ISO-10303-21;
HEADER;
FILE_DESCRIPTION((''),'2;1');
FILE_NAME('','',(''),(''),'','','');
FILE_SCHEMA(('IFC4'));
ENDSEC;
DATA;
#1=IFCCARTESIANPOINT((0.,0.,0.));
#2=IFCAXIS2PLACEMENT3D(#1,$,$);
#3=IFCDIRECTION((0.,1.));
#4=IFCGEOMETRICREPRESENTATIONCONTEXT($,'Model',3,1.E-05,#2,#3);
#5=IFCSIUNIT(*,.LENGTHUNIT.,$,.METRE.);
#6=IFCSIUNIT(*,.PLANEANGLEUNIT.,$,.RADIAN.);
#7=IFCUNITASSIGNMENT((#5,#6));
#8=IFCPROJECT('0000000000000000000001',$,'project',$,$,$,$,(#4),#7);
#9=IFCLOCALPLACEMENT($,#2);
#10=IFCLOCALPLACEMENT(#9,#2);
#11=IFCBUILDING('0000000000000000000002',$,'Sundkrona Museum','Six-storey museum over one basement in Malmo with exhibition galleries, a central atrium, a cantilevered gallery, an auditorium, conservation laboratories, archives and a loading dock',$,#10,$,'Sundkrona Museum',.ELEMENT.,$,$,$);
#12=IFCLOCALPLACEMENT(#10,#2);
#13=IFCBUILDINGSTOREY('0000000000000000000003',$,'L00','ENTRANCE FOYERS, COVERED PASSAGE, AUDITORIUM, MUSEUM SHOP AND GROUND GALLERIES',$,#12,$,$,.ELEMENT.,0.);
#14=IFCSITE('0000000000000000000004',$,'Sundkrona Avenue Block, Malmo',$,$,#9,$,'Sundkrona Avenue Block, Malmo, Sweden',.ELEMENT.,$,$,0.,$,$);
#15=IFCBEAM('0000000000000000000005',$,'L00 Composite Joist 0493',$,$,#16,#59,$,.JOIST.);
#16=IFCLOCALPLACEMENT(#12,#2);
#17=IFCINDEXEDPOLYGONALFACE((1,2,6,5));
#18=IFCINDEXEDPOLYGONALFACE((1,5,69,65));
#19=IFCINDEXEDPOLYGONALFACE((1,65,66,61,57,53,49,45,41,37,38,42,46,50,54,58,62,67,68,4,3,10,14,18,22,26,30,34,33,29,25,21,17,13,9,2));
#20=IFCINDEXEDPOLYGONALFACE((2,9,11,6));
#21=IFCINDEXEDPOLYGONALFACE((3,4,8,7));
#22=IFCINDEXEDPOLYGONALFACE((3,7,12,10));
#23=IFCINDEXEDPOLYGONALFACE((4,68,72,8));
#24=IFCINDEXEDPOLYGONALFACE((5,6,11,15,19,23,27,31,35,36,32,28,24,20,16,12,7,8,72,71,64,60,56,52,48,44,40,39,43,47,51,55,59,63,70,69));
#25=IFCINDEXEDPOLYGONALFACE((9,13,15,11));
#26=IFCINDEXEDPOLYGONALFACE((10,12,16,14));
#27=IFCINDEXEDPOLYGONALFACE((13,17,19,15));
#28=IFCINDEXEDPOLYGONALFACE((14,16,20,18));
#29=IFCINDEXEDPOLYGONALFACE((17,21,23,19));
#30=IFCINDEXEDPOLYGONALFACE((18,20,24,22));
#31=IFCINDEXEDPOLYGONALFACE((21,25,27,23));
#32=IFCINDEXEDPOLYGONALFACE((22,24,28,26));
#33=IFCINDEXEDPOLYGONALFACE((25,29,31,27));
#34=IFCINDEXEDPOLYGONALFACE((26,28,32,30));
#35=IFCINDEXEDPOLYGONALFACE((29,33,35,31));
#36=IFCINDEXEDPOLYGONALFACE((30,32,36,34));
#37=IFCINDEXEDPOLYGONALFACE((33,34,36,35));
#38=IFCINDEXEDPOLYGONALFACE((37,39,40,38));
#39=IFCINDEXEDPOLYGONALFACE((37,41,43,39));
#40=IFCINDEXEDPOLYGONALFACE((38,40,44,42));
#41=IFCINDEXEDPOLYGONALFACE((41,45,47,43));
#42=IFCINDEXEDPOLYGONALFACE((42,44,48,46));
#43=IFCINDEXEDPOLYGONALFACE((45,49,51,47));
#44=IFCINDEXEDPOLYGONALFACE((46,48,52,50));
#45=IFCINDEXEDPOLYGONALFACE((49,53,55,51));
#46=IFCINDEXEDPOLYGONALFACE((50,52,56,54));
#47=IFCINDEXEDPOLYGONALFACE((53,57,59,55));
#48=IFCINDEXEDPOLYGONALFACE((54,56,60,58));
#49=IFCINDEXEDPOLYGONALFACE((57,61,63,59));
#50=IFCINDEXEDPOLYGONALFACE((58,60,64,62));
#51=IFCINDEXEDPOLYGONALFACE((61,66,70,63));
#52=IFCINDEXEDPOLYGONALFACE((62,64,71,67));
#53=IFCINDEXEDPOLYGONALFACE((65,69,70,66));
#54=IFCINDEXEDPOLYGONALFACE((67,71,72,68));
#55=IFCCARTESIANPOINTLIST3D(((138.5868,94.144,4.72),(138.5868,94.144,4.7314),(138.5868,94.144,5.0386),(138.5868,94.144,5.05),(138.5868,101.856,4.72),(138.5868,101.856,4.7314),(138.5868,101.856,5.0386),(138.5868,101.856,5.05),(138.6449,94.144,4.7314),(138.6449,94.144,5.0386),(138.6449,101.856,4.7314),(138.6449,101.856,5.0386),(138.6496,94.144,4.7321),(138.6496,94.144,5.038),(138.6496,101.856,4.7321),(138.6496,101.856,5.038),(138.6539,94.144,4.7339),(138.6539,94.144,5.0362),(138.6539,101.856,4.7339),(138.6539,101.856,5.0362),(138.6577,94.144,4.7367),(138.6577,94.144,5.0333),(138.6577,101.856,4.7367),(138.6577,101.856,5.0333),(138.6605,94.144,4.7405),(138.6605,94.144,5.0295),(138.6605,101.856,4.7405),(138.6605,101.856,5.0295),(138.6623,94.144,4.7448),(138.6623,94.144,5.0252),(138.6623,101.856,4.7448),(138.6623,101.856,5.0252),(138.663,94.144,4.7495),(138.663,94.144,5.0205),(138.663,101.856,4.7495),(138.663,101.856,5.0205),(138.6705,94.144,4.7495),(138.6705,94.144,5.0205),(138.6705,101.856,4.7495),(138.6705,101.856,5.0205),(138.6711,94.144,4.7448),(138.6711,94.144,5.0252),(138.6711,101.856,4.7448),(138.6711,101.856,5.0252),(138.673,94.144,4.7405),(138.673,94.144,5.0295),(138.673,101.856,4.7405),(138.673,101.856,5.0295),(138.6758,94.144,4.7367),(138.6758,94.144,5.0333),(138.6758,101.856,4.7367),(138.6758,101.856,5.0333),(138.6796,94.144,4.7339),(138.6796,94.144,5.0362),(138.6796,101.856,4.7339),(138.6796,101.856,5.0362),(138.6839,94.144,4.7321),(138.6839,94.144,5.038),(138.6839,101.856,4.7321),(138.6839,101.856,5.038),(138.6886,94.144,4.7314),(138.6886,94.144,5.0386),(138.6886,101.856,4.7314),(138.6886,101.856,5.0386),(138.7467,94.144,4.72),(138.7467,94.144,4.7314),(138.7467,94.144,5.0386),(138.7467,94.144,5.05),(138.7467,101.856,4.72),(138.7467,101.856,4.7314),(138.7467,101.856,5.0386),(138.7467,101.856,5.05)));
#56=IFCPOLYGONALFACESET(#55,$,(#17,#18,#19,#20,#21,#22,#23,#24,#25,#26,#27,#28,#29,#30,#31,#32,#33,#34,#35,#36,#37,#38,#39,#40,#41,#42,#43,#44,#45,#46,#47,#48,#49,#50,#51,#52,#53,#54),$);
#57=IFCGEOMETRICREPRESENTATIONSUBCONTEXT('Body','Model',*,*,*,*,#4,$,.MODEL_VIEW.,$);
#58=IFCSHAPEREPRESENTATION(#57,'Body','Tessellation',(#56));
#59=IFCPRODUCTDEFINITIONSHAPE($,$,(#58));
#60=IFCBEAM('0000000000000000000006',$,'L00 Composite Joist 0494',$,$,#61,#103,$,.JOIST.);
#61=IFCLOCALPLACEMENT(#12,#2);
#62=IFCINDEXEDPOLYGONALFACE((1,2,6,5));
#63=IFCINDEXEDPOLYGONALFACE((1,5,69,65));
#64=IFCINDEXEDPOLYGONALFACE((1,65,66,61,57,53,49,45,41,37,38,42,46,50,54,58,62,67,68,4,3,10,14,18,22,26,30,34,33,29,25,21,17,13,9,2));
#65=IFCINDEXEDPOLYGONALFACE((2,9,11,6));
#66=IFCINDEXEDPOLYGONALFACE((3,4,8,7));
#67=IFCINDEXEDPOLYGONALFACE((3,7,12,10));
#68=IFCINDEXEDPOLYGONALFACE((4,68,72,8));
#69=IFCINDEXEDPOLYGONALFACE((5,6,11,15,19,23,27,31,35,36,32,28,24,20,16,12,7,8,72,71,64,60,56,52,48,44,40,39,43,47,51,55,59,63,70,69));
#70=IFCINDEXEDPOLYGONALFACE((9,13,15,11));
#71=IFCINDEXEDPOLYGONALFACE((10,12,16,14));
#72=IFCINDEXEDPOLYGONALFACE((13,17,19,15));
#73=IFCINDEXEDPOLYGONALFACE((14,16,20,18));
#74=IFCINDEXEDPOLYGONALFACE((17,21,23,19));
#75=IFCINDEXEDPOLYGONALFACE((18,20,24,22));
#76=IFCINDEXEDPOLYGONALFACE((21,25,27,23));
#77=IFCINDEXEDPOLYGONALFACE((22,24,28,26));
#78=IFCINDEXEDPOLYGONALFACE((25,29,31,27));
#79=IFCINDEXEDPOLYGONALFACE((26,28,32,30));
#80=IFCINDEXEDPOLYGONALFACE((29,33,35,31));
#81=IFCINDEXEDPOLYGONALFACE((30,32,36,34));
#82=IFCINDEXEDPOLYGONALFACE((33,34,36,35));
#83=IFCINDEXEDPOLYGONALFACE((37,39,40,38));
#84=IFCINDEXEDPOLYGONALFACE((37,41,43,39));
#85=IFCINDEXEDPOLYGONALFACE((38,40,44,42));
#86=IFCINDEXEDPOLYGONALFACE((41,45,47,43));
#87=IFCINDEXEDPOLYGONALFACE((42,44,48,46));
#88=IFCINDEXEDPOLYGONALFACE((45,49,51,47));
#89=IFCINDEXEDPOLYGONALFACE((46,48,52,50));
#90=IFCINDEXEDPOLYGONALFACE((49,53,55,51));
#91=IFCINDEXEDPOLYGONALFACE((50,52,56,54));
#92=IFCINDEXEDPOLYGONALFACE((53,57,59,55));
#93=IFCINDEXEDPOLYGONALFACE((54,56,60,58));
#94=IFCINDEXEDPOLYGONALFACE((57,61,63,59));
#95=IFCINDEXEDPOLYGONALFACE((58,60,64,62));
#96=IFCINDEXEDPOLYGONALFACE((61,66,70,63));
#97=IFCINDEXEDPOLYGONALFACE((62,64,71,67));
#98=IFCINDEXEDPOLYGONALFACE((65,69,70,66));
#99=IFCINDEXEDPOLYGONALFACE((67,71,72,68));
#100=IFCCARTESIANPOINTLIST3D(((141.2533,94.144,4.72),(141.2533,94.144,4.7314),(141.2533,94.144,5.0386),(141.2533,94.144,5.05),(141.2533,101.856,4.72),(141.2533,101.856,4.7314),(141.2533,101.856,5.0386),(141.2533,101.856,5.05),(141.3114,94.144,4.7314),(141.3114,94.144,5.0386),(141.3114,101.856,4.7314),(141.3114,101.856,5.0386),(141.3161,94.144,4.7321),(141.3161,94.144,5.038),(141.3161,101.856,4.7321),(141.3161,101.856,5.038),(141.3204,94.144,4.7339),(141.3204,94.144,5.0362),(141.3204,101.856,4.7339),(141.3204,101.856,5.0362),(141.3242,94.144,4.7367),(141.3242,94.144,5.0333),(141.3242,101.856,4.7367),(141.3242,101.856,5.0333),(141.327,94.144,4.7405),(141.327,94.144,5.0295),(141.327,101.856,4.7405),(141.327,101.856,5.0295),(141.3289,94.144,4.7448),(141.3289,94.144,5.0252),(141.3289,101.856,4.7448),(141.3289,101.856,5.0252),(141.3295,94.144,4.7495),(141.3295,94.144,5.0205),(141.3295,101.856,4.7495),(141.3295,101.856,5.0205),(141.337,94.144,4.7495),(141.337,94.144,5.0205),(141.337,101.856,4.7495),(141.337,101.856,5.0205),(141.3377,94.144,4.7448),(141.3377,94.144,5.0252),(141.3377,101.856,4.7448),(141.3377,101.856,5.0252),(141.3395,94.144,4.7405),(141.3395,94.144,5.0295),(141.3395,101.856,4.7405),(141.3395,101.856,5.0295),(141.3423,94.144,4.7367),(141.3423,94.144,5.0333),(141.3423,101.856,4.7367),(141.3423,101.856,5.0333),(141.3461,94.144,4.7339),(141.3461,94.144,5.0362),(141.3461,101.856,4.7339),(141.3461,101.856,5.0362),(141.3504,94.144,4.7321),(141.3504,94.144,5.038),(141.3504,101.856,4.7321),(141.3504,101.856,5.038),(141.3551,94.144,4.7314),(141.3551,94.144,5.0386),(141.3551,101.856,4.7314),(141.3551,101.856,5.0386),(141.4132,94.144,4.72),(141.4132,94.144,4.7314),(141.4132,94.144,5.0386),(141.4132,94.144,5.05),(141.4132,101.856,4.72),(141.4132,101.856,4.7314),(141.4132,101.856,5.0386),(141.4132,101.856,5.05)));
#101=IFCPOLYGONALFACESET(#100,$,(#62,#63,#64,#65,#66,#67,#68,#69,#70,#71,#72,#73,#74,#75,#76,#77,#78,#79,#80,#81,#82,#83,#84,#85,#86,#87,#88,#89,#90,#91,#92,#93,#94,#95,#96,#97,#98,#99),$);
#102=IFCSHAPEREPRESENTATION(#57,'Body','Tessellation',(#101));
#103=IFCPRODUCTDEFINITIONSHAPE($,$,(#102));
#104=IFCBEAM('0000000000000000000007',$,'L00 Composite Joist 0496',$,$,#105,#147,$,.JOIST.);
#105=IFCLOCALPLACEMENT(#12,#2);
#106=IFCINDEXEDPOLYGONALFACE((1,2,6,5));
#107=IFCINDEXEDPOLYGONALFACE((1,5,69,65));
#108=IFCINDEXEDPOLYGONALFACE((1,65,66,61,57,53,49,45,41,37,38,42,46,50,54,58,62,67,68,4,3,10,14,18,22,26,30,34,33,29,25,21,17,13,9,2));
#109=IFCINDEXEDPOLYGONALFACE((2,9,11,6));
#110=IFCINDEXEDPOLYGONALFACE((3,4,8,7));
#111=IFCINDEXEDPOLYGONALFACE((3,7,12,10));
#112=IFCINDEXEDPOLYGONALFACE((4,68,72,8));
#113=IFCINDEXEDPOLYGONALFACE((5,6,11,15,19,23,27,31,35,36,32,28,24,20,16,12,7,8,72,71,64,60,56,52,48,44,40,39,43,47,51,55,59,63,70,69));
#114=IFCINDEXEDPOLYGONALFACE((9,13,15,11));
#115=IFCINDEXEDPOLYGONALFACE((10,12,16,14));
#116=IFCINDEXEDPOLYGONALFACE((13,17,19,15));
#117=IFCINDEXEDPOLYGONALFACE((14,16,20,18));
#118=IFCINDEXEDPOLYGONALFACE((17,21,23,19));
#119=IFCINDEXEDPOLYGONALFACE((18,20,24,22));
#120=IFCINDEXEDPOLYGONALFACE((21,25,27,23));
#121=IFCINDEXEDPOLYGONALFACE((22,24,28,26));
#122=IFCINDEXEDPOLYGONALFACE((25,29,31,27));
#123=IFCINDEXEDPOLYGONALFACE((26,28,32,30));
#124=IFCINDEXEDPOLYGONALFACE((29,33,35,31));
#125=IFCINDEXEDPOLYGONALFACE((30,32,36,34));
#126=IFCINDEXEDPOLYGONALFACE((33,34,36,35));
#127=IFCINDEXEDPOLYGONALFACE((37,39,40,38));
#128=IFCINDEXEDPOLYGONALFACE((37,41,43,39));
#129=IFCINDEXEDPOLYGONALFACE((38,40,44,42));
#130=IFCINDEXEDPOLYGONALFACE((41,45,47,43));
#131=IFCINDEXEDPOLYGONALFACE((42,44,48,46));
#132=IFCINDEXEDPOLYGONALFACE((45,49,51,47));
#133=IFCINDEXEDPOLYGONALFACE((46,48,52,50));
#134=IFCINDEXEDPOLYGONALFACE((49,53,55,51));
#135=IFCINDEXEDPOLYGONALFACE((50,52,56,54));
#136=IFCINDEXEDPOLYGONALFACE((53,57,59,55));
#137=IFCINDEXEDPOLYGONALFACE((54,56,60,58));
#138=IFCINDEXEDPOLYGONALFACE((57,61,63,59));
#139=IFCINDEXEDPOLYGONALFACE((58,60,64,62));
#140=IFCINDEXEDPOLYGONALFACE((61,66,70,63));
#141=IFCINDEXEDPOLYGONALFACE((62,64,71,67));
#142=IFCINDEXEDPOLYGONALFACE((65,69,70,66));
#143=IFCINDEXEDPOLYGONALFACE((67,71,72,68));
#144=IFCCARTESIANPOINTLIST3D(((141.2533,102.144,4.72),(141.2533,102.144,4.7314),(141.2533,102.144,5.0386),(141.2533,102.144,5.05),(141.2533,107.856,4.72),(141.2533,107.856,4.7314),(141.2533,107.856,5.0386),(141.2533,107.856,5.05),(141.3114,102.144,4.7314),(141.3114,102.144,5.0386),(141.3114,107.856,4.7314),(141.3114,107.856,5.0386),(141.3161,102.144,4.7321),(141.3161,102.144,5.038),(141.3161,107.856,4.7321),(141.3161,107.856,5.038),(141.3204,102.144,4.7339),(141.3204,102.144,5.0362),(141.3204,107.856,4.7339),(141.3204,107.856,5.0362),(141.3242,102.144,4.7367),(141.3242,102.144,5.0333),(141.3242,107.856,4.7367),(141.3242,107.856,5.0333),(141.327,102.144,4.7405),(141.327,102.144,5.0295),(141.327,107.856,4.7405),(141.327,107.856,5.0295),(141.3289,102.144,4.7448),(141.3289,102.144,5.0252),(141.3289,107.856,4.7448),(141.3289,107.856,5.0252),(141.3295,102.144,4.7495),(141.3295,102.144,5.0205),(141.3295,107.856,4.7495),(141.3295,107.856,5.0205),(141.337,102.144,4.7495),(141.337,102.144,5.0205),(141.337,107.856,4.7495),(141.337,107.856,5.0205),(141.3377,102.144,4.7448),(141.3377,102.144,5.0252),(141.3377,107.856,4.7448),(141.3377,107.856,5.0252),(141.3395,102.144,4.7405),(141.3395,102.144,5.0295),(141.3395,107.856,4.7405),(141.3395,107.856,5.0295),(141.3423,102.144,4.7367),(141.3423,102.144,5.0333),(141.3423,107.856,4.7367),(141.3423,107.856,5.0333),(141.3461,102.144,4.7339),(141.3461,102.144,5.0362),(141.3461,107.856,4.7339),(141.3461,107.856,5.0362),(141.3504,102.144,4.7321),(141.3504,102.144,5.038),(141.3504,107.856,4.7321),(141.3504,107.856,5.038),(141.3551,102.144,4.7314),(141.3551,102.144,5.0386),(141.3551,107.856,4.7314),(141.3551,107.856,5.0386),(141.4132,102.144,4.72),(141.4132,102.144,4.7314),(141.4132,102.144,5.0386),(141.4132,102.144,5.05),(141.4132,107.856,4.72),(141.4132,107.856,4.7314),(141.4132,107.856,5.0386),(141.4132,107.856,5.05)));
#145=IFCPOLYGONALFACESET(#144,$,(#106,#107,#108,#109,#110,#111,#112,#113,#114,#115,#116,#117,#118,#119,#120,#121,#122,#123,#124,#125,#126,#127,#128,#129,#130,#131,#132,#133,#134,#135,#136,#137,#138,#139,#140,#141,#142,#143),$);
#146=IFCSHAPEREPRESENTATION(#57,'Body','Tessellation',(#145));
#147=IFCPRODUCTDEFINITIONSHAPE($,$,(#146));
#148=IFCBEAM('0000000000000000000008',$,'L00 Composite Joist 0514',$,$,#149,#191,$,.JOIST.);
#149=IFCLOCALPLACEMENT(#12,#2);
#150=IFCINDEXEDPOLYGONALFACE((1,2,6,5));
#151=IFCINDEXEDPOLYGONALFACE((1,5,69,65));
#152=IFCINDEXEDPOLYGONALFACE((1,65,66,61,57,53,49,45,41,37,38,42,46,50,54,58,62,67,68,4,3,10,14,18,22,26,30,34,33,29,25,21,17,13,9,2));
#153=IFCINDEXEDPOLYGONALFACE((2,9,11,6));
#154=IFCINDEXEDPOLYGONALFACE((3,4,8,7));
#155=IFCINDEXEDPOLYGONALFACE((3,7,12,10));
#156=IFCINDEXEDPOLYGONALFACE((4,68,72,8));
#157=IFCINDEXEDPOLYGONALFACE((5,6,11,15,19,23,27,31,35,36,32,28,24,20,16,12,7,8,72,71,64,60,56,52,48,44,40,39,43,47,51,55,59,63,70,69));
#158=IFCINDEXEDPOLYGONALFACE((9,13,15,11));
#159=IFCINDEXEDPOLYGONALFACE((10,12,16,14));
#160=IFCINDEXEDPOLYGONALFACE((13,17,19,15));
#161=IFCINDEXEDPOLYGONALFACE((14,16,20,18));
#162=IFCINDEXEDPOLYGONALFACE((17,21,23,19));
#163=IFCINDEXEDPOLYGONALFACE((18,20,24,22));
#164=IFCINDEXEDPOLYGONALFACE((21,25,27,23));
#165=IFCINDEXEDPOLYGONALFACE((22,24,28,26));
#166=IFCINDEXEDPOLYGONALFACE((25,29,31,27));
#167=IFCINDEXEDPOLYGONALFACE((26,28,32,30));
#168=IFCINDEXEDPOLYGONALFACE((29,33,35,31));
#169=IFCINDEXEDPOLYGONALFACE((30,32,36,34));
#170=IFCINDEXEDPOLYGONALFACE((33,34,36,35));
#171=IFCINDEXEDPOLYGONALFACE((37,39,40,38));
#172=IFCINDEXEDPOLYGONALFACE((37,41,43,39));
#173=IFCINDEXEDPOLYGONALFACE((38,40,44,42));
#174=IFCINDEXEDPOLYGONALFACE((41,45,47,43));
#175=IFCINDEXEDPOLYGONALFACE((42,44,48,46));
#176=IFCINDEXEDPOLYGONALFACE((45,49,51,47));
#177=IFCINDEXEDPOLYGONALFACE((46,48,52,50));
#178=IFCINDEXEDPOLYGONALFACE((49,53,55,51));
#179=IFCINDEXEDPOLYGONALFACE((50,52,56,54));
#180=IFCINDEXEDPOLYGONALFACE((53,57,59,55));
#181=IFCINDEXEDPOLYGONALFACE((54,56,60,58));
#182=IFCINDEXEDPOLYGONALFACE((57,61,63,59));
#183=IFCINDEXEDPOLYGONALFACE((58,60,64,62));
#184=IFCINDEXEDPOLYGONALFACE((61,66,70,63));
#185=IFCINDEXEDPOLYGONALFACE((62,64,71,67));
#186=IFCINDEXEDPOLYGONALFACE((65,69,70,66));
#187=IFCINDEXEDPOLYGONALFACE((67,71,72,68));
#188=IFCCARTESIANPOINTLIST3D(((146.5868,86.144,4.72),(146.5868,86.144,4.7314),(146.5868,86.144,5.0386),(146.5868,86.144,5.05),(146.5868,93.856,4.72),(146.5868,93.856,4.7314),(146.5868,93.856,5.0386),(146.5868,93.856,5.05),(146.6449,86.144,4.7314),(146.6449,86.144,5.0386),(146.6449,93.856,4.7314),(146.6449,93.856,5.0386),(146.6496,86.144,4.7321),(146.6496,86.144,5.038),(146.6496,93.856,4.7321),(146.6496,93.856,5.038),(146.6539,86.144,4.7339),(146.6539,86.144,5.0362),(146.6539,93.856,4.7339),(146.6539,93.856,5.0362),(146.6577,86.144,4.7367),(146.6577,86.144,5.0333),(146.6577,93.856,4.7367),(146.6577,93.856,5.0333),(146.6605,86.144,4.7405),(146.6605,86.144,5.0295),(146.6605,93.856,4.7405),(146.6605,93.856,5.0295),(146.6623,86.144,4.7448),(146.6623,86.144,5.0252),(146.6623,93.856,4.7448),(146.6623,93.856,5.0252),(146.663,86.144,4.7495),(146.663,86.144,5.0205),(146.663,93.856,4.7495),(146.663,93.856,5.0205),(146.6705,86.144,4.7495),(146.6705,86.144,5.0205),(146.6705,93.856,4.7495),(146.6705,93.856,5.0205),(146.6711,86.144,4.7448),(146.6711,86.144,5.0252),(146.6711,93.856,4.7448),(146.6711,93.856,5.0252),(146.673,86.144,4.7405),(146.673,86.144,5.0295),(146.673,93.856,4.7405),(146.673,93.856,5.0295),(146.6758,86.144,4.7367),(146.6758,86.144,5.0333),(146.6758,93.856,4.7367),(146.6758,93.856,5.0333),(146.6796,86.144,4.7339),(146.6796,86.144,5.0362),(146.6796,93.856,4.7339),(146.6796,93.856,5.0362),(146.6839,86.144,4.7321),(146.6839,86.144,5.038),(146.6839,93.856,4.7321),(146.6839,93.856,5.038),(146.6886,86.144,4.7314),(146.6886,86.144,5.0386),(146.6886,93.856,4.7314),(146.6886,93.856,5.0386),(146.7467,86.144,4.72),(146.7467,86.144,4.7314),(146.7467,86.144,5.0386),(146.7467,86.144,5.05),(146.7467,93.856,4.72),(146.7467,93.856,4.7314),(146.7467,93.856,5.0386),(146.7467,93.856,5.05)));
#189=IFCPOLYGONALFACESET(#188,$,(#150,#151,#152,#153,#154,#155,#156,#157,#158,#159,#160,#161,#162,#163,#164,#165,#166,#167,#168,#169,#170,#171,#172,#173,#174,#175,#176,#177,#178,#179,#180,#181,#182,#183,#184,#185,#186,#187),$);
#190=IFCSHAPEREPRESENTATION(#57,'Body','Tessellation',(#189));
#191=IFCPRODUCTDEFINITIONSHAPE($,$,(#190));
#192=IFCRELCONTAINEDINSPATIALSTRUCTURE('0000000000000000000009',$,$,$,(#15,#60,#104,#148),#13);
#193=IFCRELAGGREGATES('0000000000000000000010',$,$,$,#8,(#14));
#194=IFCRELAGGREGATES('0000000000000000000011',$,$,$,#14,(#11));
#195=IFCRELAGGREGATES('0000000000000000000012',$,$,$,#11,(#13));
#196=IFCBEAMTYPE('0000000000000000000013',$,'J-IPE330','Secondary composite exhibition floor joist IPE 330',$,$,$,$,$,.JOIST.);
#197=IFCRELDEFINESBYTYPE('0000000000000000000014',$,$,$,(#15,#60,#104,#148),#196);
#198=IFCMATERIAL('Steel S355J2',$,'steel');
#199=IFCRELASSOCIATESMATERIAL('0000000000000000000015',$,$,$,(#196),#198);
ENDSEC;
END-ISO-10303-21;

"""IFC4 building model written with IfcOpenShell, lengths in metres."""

from ifc_helpers import new_model, si_unit, direction, frame, origin, origin_2d, place, context, subcontext, project, spatial, i_section, extrude, material, material_profile, profile_set, type_object, element, save


model = new_model("IFC4")

# Units and contexts
model_context = context("Model", 3, precision=1e-05, world=origin(), true_north=direction((0.0, 1.0)))
body_context = subcontext(model_context, "Body", "Model", "MODEL_VIEW")
ifc_project = project(units=[si_unit("LENGTHUNIT", "METRE"), si_unit("PLANEANGLEUNIT", "RADIAN")], contexts=[model_context])

# Site, building, storey
site_placement = place(None, origin())
site = spatial("IfcSite", under=ifc_project, at=site_placement, Name="Sundkrona Avenue Block, Malmo", LongName="Sundkrona Avenue Block, Malmo, Sweden", CompositionType="ELEMENT", RefElevation=0.0)
building_placement = place(site_placement, origin())
building = spatial("IfcBuilding", under=site, at=building_placement, Name="Sundkrona Museum", Description="Six-storey museum over one basement in Malmo with exhibition galleries, a central atrium, a cantilevered gallery, an auditorium, conservation laboratories, archives and a loading dock", LongName="Sundkrona Museum", CompositionType="ELEMENT")
storey_placement = place(building_placement, origin())
storey = spatial("IfcBuildingStorey", under=building, at=storey_placement, Name="L00", Description="ENTRANCE FOYERS, COVERED PASSAGE, AUDITORIUM, MUSEUM SHOP AND GROUND GALLERIES", CompositionType="ELEMENT", Elevation=0.0)

# Shared definitions
ifc_material = material(Name="Steel S355J2", Category="steel")

# Beams
ifc_material_profile_1 = material_profile(ifc_material, i_section(OverallWidth=0.1599, OverallDepth=0.3301, WebThickness=0.0076, FlangeThickness=0.0115, FilletRadius=0.0181, at=origin_2d()), Name="IPE 330")
ifc_profile_set_1 = profile_set([ifc_material_profile_1], Name="Steel S355J2")
beam_type_1 = type_object("IfcBeamType", Name="J-IPE330", Description="Secondary composite exhibition floor joist IPE 330", PredefinedType="JOIST", material=ifc_profile_set_1)
for number, where, z_axis, x_axis, name in (
    (1, (138.6667, 94.144, 4.885), (0.0, 1.0, 0.0), (-1.0, 0.0, 0.0), "L00 Composite Joist 0493"),
    (2, (141.3333, 94.144, 4.885), (0.0, 1.0, 0.0), (-1.0, 0.0, 0.0), "L00 Composite Joist 0494"),
):
    element("IfcBeam", number, at=place(storey_placement, frame(where, z_axis=z_axis, x_axis=x_axis)), inside=storey, type_object=beam_type_1, Name=name, PredefinedType="JOIST", context=body_context, shape_type="SweptSolid", body=[
        extrude(i_section(OverallWidth=0.1599, OverallDepth=0.3301, WebThickness=0.0076, FlangeThickness=0.0115, FilletRadius=0.0181, at=origin_2d()), origin(), (0.0, 0.0, 1.0), 7.7119),
    ])
beam_1_placement = place(storey_placement, frame((141.3333, 102.144, 4.885), z_axis=(0.0, 1.0, 0.0), x_axis=(-1.0, 0.0, 0.0)))
element("IfcBeam", 3, at=beam_1_placement, inside=storey, type_object=beam_type_1, Name="L00 Composite Joist 0496", PredefinedType="JOIST", context=body_context, shape_type="SweptSolid", body=[
    extrude(i_section(OverallWidth=0.1599, OverallDepth=0.3301, WebThickness=0.0076, FlangeThickness=0.0115, FilletRadius=0.0181, at=origin_2d()), origin(), (0.0, 0.0, 1.0), 5.7119),
])
for number, where, z_axis, x_axis, name in (
    (4, (146.6667, 86.144, 4.885), (0.0, 1.0, 0.0), (-1.0, 0.0, 0.0), "L00 Composite Joist 0514"),
):
    element("IfcBeam", number, at=place(storey_placement, frame(where, z_axis=z_axis, x_axis=x_axis)), inside=storey, type_object=beam_type_1, Name=name, PredefinedType="JOIST", context=body_context, shape_type="SweptSolid", body=[
        extrude(i_section(OverallWidth=0.1599, OverallDepth=0.3301, WebThickness=0.0076, FlangeThickness=0.0115, FilletRadius=0.0181, at=origin_2d()), origin(), (0.0, 0.0, 1.0), 7.7119),
    ])

save(model, "model.ifc")
